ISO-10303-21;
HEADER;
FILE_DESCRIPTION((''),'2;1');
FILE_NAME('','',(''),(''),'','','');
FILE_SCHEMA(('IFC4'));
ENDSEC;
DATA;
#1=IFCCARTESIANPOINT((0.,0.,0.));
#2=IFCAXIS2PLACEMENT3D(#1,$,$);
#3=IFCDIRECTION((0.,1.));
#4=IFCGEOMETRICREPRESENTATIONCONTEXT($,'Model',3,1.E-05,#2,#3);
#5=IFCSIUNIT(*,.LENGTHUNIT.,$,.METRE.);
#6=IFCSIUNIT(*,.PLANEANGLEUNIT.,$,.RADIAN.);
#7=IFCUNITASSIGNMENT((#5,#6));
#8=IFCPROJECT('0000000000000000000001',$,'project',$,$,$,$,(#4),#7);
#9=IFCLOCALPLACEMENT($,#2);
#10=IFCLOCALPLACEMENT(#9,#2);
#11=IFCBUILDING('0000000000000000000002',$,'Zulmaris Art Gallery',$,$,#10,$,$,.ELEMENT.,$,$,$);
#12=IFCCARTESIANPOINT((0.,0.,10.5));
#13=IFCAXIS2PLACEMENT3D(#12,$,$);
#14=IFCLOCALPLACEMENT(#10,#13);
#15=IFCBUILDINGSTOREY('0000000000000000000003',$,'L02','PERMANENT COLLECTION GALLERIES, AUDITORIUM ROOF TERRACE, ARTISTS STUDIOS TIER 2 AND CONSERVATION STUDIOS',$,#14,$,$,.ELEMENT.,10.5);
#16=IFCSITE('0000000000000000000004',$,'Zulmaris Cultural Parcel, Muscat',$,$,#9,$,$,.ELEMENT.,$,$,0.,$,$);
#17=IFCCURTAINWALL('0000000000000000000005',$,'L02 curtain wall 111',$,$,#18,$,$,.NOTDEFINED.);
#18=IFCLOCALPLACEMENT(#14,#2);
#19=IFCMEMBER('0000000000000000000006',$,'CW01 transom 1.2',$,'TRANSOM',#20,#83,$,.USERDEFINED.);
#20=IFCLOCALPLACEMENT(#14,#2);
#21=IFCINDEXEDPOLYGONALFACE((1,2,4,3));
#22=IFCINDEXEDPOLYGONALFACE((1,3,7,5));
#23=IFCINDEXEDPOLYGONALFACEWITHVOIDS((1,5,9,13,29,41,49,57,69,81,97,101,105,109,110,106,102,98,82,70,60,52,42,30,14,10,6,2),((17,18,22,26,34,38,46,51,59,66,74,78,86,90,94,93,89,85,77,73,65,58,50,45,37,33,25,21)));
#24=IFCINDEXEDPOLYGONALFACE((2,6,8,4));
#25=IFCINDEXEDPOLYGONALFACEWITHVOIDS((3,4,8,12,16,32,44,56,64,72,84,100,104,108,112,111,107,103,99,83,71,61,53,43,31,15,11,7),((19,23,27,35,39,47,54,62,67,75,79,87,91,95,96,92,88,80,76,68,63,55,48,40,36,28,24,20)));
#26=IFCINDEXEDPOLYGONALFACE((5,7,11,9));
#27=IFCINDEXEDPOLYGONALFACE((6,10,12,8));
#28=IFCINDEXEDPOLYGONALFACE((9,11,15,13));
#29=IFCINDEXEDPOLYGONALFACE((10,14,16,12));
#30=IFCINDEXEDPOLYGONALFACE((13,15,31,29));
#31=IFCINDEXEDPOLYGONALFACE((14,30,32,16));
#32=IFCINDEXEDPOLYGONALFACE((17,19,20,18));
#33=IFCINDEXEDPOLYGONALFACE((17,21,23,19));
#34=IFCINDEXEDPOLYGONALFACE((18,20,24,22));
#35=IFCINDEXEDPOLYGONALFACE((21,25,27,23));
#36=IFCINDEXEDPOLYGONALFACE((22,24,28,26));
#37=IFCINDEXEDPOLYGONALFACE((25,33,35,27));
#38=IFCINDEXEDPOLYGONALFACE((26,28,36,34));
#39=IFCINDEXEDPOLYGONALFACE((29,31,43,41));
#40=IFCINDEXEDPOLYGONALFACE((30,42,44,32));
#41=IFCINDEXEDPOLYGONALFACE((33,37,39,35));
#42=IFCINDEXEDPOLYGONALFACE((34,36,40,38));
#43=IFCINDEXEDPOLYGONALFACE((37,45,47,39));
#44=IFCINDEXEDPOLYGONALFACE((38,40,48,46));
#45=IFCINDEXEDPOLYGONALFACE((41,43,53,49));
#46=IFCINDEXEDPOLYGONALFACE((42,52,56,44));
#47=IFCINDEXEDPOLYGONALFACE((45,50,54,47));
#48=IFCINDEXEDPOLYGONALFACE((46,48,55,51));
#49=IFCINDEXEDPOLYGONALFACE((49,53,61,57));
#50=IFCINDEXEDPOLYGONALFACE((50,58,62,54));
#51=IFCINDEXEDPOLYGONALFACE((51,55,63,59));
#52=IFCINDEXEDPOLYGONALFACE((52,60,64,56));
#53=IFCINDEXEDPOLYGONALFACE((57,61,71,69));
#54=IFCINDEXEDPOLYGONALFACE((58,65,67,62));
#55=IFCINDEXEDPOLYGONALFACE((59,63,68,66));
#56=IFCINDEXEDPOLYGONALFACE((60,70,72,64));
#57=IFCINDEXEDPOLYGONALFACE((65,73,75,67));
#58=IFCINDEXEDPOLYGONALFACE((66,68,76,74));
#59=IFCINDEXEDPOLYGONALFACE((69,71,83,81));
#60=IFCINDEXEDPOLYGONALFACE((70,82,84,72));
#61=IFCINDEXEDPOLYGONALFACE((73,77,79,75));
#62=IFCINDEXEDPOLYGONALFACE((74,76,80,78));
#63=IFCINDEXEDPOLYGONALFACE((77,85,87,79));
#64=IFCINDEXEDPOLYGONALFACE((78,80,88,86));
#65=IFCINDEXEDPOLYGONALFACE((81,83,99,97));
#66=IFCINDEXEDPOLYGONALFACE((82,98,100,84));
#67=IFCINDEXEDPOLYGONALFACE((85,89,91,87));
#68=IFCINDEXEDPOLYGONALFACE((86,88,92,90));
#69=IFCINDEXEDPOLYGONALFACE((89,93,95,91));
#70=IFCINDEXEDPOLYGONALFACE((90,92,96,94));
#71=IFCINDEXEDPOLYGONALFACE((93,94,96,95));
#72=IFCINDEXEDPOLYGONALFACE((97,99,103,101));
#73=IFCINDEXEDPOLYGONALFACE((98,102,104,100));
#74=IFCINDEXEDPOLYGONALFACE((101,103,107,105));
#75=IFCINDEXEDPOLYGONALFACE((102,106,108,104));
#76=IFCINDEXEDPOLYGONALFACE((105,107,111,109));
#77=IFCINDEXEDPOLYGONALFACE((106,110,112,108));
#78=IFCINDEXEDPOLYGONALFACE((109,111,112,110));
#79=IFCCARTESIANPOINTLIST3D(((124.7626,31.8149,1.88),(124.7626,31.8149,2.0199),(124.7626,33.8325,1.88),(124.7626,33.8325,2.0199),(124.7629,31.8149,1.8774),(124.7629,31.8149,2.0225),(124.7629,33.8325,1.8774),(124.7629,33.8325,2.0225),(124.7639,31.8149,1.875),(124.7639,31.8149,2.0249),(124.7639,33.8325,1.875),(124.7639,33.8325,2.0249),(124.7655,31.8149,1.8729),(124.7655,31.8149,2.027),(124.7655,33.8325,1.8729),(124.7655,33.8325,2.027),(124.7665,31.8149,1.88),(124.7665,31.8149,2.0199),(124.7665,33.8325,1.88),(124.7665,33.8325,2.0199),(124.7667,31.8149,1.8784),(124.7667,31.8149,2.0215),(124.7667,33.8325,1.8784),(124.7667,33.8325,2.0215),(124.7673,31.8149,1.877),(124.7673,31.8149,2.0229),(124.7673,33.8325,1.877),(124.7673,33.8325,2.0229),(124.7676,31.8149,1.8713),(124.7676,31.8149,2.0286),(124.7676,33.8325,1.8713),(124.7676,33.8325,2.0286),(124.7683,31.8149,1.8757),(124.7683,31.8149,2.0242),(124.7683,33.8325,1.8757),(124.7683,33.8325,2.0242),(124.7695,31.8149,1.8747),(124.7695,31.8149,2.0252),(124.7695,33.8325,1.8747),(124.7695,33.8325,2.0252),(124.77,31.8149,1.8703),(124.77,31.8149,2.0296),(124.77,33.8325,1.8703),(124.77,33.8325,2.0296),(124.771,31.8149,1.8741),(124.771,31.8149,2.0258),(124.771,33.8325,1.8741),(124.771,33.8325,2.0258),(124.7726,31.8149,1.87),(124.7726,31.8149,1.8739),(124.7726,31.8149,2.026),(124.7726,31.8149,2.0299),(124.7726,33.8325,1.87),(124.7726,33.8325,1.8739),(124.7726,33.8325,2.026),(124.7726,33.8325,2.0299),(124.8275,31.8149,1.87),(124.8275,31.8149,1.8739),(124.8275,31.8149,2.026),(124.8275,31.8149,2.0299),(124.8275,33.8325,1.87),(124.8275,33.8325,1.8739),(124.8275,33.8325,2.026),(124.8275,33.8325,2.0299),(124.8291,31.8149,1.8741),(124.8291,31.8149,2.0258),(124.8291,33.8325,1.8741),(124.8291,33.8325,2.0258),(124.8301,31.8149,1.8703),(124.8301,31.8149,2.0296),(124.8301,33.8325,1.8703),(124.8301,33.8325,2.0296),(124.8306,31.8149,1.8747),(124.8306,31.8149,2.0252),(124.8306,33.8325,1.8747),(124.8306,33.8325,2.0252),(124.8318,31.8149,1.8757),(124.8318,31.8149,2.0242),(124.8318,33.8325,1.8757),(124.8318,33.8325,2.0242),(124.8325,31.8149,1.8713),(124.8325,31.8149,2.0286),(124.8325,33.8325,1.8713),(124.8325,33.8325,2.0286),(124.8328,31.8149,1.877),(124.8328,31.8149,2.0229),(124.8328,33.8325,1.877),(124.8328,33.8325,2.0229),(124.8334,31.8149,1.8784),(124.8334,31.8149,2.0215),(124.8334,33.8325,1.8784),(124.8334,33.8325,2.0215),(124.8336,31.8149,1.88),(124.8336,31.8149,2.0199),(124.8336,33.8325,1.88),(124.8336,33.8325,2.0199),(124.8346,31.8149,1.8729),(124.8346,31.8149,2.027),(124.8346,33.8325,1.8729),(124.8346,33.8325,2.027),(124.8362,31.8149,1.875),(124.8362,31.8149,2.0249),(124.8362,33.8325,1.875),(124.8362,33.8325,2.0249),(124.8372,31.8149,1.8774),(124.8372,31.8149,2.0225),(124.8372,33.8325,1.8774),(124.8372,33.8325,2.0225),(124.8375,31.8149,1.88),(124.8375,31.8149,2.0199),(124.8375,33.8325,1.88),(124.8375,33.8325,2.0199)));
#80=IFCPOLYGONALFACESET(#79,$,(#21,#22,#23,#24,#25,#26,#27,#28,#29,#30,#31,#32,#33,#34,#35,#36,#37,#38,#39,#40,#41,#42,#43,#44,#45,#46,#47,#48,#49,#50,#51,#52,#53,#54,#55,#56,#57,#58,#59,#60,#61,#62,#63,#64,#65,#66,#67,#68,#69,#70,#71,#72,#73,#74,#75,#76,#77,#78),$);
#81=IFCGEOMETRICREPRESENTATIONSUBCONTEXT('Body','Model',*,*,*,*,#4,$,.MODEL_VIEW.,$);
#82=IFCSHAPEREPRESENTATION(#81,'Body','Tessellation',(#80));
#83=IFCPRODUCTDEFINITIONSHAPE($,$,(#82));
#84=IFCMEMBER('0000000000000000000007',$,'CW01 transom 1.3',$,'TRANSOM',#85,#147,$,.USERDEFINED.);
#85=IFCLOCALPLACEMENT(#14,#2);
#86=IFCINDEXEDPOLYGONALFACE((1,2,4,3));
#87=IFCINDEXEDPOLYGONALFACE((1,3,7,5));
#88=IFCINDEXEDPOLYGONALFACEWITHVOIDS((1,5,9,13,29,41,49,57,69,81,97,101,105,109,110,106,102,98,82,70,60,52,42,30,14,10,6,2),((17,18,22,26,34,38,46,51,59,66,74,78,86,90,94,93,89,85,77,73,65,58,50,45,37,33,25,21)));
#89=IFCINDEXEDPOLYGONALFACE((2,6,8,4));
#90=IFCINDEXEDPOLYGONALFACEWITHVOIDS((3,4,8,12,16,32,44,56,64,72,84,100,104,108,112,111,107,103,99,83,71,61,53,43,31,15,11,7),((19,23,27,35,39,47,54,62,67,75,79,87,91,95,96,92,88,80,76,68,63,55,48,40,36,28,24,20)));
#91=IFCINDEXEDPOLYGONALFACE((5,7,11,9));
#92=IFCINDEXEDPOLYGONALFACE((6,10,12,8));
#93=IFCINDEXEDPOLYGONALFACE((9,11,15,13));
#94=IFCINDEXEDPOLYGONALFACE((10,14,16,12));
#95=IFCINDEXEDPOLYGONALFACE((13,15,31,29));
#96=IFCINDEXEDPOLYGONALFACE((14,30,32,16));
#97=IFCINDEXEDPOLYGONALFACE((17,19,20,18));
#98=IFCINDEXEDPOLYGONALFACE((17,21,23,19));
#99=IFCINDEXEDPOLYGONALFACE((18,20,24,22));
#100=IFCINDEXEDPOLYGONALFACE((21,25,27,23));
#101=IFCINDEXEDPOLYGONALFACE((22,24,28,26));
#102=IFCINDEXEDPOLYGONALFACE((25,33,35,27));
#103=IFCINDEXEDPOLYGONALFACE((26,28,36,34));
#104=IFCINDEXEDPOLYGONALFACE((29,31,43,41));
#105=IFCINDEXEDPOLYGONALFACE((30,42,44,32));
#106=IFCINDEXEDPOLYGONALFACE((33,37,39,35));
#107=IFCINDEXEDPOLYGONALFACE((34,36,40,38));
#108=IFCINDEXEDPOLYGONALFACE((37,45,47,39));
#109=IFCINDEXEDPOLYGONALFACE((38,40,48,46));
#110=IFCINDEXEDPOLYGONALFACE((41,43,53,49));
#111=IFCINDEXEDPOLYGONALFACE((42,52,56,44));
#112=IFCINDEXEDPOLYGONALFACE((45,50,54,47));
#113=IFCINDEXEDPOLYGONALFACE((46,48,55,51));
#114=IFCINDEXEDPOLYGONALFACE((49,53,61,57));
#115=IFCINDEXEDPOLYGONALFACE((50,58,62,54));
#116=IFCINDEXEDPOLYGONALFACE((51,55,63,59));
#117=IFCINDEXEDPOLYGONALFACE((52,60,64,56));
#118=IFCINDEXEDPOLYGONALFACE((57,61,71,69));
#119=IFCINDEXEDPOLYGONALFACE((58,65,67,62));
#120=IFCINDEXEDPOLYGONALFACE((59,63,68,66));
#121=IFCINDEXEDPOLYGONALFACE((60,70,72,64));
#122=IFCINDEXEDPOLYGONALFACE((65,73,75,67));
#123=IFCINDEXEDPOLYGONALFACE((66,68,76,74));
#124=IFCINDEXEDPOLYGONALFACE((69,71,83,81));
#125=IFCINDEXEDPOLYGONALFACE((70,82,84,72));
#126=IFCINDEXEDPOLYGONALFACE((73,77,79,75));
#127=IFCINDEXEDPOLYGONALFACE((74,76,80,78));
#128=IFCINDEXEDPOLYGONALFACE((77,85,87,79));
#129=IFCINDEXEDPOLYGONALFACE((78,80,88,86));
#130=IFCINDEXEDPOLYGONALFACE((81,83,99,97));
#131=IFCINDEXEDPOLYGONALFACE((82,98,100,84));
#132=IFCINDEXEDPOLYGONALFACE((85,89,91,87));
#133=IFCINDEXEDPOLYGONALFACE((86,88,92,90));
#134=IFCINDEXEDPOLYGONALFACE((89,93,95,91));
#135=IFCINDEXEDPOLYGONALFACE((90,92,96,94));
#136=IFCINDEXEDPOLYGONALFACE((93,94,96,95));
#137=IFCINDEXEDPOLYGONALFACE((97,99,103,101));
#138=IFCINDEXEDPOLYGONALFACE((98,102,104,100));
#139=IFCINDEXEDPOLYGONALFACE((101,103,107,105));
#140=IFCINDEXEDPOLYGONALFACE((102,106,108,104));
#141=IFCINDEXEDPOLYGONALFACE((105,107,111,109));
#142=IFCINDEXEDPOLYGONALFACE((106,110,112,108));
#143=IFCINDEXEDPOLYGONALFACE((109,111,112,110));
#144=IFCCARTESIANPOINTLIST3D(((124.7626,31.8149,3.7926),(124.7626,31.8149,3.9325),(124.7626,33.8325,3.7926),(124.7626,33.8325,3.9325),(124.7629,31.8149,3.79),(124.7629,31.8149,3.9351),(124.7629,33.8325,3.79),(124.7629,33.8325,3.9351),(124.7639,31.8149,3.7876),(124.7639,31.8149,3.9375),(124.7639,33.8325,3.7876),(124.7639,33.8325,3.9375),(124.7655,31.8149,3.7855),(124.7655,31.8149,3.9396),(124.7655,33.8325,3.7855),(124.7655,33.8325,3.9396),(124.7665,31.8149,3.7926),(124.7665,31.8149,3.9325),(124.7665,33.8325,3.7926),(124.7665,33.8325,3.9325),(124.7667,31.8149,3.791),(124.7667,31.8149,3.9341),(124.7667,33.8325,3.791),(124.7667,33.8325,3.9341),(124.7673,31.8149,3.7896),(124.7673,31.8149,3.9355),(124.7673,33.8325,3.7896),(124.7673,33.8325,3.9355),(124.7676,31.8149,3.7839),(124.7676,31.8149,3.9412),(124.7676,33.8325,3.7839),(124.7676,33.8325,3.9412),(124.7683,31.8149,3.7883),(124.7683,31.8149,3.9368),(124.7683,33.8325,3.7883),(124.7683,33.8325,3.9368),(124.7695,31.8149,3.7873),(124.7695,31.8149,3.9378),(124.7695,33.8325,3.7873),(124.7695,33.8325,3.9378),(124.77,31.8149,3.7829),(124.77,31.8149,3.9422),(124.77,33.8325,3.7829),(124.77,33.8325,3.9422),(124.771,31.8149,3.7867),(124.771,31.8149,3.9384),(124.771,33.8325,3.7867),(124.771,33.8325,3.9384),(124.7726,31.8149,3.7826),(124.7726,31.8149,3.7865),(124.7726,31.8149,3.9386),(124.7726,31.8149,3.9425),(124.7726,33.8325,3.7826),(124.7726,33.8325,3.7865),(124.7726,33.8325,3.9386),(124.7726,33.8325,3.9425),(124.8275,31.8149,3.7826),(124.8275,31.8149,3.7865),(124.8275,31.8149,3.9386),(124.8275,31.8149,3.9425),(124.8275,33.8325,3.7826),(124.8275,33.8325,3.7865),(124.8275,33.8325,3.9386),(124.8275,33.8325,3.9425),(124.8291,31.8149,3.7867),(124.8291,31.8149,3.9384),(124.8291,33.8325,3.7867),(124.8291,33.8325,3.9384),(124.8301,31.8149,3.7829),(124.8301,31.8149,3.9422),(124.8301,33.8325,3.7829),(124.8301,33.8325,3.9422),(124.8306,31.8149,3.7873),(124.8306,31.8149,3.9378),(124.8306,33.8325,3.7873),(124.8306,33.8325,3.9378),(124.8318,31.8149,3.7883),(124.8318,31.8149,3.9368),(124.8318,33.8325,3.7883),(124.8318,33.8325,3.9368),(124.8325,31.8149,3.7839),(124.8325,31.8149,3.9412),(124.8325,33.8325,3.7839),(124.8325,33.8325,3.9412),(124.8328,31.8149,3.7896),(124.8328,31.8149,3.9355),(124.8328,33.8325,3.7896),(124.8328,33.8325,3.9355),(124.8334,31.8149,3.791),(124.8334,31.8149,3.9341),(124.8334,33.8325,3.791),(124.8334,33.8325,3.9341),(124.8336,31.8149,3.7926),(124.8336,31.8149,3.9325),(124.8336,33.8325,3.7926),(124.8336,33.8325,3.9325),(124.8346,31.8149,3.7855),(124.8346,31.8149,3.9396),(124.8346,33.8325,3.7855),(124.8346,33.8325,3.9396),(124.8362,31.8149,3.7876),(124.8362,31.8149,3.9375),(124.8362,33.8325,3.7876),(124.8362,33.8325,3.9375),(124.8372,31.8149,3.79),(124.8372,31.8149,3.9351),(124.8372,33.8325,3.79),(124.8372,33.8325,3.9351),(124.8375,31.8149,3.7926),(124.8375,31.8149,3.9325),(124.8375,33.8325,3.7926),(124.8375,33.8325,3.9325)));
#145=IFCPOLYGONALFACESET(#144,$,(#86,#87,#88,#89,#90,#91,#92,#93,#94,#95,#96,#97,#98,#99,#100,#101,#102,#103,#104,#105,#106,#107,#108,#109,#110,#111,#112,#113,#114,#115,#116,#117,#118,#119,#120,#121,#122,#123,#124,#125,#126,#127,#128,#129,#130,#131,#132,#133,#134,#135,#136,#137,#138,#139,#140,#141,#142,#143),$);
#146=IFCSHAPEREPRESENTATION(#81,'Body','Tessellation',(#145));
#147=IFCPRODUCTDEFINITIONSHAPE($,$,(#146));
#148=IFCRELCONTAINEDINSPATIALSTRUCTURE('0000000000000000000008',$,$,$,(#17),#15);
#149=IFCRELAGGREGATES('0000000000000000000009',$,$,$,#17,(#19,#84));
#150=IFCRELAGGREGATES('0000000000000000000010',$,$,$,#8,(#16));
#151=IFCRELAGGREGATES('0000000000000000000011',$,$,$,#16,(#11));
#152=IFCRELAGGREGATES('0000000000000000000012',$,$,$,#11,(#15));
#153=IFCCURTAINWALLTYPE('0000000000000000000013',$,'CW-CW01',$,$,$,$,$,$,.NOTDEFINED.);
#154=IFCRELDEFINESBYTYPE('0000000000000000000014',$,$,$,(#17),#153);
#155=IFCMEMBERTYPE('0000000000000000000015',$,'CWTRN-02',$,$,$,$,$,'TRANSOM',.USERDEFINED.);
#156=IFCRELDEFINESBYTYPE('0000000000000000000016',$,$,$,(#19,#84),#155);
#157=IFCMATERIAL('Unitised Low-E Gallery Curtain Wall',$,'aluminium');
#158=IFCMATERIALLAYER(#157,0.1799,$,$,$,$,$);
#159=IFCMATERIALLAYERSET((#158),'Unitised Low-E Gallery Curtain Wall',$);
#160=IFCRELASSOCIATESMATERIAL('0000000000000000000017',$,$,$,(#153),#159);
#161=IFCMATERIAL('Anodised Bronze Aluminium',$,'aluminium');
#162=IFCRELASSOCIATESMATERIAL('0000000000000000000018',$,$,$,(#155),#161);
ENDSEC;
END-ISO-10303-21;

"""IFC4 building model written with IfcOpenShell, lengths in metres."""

from ifc_helpers import new_model, si_unit, direction, frame, origin, origin_2d, place, context, subcontext, project, spatial, hollow_rectangle, extrude, material, layer, layer_set, material_profile, profile_set, type_object, element, aggregate, save


model = new_model("IFC4")

# Units and contexts
model_context = context("Model", 3, precision=1e-05, world=origin(), true_north=direction((0.0, 1.0)))
body_context = subcontext(model_context, "Body", "Model", "MODEL_VIEW")
ifc_project = project(units=[si_unit("LENGTHUNIT", "METRE"), si_unit("PLANEANGLEUNIT", "RADIAN")], contexts=[model_context])

# Site, building, storey
site_placement = place(None, origin())
site = spatial("IfcSite", under=ifc_project, at=site_placement, Name="Zulmaris Cultural Parcel, Muscat", CompositionType="ELEMENT", RefElevation=0.0)
building_placement = place(site_placement, origin())
building = spatial("IfcBuilding", under=site, at=building_placement, Name="Zulmaris Art Gallery", CompositionType="ELEMENT")
storey_placement = place(building_placement, frame((0.0, 0.0, 10.5)))
storey = spatial("IfcBuildingStorey", under=building, at=storey_placement, Name="L02", Description="PERMANENT COLLECTION GALLERIES, AUDITORIUM ROOF TERRACE, ARTISTS STUDIOS TIER 2 AND CONSERVATION STUDIOS", CompositionType="ELEMENT", Elevation=10.5)

# Curtain wall
ifc_material_1 = material(Name="Unitised Low-E Gallery Curtain Wall", Category="aluminium")
ifc_layer_1 = layer(ifc_material_1, 0.1799)
ifc_layer_set_1 = layer_set([ifc_layer_1], Name="Unitised Low-E Gallery Curtain Wall")
curtain_wall_type = type_object("IfcCurtainWallType", Name="CW-CW01", PredefinedType="NOTDEFINED", material=ifc_layer_set_1)
curtain_wall_1_placement = place(storey_placement, origin())
curtain_wall_1 = element("IfcCurtainWall", 1, at=curtain_wall_1_placement, inside=storey, type_object=curtain_wall_type, Name="L02 curtain wall 111", PredefinedType="NOTDEFINED")
ifc_material_2 = material(Name="Anodised Bronze Aluminium", Category="aluminium")

# Members
ifc_material_profile_1 = material_profile(ifc_material_2, hollow_rectangle(XDim=0.075, YDim=0.1599, WallThickness=0.0039, InnerFilletRadius=0.0061, OuterFilletRadius=0.01, at=origin_2d()), Name="ALU 75x160x4")
ifc_profile_set_1 = profile_set([ifc_material_profile_1], Name="Anodised Bronze Aluminium")
member_type_1 = type_object("IfcMemberType", Name="CWTRN-02", ElementType="TRANSOM", PredefinedType="USERDEFINED", material=ifc_profile_set_1)
member_1_placement = place(storey_placement, frame((124.8, 31.8149, 1.95), z_axis=(0.0, 1.0, 0.0), x_axis=(-1.0, 0.0, 0.0)))
member_1 = element("IfcMember", 2, at=member_1_placement, type_object=member_type_1, Name="CW01 transom 1.2", ObjectType="TRANSOM", PredefinedType="USERDEFINED", context=body_context, shape_type="SweptSolid", body=[
    extrude(hollow_rectangle(XDim=0.075, YDim=0.1599, WallThickness=0.0039, InnerFilletRadius=0.0061, OuterFilletRadius=0.01, at=origin_2d()), origin(), (0.0, 0.0, 1.0), 2.0176),
])
member_2_placement = place(storey_placement, frame((124.8, 31.8149, 3.8625), z_axis=(0.0, 1.0, 0.0), x_axis=(-1.0, 0.0, 0.0)))
member_2 = element("IfcMember", 3, at=member_2_placement, type_object=member_type_1, Name="CW01 transom 1.3", ObjectType="TRANSOM", PredefinedType="USERDEFINED", context=body_context, shape_type="SweptSolid", body=[
    extrude(hollow_rectangle(XDim=0.075, YDim=0.1599, WallThickness=0.0039, InnerFilletRadius=0.0061, OuterFilletRadius=0.01, at=origin_2d()), origin(), (0.0, 0.0, 1.0), 2.0176),
])

aggregate(curtain_wall_1, [member_1, member_2])

save(model, "model.ifc")
